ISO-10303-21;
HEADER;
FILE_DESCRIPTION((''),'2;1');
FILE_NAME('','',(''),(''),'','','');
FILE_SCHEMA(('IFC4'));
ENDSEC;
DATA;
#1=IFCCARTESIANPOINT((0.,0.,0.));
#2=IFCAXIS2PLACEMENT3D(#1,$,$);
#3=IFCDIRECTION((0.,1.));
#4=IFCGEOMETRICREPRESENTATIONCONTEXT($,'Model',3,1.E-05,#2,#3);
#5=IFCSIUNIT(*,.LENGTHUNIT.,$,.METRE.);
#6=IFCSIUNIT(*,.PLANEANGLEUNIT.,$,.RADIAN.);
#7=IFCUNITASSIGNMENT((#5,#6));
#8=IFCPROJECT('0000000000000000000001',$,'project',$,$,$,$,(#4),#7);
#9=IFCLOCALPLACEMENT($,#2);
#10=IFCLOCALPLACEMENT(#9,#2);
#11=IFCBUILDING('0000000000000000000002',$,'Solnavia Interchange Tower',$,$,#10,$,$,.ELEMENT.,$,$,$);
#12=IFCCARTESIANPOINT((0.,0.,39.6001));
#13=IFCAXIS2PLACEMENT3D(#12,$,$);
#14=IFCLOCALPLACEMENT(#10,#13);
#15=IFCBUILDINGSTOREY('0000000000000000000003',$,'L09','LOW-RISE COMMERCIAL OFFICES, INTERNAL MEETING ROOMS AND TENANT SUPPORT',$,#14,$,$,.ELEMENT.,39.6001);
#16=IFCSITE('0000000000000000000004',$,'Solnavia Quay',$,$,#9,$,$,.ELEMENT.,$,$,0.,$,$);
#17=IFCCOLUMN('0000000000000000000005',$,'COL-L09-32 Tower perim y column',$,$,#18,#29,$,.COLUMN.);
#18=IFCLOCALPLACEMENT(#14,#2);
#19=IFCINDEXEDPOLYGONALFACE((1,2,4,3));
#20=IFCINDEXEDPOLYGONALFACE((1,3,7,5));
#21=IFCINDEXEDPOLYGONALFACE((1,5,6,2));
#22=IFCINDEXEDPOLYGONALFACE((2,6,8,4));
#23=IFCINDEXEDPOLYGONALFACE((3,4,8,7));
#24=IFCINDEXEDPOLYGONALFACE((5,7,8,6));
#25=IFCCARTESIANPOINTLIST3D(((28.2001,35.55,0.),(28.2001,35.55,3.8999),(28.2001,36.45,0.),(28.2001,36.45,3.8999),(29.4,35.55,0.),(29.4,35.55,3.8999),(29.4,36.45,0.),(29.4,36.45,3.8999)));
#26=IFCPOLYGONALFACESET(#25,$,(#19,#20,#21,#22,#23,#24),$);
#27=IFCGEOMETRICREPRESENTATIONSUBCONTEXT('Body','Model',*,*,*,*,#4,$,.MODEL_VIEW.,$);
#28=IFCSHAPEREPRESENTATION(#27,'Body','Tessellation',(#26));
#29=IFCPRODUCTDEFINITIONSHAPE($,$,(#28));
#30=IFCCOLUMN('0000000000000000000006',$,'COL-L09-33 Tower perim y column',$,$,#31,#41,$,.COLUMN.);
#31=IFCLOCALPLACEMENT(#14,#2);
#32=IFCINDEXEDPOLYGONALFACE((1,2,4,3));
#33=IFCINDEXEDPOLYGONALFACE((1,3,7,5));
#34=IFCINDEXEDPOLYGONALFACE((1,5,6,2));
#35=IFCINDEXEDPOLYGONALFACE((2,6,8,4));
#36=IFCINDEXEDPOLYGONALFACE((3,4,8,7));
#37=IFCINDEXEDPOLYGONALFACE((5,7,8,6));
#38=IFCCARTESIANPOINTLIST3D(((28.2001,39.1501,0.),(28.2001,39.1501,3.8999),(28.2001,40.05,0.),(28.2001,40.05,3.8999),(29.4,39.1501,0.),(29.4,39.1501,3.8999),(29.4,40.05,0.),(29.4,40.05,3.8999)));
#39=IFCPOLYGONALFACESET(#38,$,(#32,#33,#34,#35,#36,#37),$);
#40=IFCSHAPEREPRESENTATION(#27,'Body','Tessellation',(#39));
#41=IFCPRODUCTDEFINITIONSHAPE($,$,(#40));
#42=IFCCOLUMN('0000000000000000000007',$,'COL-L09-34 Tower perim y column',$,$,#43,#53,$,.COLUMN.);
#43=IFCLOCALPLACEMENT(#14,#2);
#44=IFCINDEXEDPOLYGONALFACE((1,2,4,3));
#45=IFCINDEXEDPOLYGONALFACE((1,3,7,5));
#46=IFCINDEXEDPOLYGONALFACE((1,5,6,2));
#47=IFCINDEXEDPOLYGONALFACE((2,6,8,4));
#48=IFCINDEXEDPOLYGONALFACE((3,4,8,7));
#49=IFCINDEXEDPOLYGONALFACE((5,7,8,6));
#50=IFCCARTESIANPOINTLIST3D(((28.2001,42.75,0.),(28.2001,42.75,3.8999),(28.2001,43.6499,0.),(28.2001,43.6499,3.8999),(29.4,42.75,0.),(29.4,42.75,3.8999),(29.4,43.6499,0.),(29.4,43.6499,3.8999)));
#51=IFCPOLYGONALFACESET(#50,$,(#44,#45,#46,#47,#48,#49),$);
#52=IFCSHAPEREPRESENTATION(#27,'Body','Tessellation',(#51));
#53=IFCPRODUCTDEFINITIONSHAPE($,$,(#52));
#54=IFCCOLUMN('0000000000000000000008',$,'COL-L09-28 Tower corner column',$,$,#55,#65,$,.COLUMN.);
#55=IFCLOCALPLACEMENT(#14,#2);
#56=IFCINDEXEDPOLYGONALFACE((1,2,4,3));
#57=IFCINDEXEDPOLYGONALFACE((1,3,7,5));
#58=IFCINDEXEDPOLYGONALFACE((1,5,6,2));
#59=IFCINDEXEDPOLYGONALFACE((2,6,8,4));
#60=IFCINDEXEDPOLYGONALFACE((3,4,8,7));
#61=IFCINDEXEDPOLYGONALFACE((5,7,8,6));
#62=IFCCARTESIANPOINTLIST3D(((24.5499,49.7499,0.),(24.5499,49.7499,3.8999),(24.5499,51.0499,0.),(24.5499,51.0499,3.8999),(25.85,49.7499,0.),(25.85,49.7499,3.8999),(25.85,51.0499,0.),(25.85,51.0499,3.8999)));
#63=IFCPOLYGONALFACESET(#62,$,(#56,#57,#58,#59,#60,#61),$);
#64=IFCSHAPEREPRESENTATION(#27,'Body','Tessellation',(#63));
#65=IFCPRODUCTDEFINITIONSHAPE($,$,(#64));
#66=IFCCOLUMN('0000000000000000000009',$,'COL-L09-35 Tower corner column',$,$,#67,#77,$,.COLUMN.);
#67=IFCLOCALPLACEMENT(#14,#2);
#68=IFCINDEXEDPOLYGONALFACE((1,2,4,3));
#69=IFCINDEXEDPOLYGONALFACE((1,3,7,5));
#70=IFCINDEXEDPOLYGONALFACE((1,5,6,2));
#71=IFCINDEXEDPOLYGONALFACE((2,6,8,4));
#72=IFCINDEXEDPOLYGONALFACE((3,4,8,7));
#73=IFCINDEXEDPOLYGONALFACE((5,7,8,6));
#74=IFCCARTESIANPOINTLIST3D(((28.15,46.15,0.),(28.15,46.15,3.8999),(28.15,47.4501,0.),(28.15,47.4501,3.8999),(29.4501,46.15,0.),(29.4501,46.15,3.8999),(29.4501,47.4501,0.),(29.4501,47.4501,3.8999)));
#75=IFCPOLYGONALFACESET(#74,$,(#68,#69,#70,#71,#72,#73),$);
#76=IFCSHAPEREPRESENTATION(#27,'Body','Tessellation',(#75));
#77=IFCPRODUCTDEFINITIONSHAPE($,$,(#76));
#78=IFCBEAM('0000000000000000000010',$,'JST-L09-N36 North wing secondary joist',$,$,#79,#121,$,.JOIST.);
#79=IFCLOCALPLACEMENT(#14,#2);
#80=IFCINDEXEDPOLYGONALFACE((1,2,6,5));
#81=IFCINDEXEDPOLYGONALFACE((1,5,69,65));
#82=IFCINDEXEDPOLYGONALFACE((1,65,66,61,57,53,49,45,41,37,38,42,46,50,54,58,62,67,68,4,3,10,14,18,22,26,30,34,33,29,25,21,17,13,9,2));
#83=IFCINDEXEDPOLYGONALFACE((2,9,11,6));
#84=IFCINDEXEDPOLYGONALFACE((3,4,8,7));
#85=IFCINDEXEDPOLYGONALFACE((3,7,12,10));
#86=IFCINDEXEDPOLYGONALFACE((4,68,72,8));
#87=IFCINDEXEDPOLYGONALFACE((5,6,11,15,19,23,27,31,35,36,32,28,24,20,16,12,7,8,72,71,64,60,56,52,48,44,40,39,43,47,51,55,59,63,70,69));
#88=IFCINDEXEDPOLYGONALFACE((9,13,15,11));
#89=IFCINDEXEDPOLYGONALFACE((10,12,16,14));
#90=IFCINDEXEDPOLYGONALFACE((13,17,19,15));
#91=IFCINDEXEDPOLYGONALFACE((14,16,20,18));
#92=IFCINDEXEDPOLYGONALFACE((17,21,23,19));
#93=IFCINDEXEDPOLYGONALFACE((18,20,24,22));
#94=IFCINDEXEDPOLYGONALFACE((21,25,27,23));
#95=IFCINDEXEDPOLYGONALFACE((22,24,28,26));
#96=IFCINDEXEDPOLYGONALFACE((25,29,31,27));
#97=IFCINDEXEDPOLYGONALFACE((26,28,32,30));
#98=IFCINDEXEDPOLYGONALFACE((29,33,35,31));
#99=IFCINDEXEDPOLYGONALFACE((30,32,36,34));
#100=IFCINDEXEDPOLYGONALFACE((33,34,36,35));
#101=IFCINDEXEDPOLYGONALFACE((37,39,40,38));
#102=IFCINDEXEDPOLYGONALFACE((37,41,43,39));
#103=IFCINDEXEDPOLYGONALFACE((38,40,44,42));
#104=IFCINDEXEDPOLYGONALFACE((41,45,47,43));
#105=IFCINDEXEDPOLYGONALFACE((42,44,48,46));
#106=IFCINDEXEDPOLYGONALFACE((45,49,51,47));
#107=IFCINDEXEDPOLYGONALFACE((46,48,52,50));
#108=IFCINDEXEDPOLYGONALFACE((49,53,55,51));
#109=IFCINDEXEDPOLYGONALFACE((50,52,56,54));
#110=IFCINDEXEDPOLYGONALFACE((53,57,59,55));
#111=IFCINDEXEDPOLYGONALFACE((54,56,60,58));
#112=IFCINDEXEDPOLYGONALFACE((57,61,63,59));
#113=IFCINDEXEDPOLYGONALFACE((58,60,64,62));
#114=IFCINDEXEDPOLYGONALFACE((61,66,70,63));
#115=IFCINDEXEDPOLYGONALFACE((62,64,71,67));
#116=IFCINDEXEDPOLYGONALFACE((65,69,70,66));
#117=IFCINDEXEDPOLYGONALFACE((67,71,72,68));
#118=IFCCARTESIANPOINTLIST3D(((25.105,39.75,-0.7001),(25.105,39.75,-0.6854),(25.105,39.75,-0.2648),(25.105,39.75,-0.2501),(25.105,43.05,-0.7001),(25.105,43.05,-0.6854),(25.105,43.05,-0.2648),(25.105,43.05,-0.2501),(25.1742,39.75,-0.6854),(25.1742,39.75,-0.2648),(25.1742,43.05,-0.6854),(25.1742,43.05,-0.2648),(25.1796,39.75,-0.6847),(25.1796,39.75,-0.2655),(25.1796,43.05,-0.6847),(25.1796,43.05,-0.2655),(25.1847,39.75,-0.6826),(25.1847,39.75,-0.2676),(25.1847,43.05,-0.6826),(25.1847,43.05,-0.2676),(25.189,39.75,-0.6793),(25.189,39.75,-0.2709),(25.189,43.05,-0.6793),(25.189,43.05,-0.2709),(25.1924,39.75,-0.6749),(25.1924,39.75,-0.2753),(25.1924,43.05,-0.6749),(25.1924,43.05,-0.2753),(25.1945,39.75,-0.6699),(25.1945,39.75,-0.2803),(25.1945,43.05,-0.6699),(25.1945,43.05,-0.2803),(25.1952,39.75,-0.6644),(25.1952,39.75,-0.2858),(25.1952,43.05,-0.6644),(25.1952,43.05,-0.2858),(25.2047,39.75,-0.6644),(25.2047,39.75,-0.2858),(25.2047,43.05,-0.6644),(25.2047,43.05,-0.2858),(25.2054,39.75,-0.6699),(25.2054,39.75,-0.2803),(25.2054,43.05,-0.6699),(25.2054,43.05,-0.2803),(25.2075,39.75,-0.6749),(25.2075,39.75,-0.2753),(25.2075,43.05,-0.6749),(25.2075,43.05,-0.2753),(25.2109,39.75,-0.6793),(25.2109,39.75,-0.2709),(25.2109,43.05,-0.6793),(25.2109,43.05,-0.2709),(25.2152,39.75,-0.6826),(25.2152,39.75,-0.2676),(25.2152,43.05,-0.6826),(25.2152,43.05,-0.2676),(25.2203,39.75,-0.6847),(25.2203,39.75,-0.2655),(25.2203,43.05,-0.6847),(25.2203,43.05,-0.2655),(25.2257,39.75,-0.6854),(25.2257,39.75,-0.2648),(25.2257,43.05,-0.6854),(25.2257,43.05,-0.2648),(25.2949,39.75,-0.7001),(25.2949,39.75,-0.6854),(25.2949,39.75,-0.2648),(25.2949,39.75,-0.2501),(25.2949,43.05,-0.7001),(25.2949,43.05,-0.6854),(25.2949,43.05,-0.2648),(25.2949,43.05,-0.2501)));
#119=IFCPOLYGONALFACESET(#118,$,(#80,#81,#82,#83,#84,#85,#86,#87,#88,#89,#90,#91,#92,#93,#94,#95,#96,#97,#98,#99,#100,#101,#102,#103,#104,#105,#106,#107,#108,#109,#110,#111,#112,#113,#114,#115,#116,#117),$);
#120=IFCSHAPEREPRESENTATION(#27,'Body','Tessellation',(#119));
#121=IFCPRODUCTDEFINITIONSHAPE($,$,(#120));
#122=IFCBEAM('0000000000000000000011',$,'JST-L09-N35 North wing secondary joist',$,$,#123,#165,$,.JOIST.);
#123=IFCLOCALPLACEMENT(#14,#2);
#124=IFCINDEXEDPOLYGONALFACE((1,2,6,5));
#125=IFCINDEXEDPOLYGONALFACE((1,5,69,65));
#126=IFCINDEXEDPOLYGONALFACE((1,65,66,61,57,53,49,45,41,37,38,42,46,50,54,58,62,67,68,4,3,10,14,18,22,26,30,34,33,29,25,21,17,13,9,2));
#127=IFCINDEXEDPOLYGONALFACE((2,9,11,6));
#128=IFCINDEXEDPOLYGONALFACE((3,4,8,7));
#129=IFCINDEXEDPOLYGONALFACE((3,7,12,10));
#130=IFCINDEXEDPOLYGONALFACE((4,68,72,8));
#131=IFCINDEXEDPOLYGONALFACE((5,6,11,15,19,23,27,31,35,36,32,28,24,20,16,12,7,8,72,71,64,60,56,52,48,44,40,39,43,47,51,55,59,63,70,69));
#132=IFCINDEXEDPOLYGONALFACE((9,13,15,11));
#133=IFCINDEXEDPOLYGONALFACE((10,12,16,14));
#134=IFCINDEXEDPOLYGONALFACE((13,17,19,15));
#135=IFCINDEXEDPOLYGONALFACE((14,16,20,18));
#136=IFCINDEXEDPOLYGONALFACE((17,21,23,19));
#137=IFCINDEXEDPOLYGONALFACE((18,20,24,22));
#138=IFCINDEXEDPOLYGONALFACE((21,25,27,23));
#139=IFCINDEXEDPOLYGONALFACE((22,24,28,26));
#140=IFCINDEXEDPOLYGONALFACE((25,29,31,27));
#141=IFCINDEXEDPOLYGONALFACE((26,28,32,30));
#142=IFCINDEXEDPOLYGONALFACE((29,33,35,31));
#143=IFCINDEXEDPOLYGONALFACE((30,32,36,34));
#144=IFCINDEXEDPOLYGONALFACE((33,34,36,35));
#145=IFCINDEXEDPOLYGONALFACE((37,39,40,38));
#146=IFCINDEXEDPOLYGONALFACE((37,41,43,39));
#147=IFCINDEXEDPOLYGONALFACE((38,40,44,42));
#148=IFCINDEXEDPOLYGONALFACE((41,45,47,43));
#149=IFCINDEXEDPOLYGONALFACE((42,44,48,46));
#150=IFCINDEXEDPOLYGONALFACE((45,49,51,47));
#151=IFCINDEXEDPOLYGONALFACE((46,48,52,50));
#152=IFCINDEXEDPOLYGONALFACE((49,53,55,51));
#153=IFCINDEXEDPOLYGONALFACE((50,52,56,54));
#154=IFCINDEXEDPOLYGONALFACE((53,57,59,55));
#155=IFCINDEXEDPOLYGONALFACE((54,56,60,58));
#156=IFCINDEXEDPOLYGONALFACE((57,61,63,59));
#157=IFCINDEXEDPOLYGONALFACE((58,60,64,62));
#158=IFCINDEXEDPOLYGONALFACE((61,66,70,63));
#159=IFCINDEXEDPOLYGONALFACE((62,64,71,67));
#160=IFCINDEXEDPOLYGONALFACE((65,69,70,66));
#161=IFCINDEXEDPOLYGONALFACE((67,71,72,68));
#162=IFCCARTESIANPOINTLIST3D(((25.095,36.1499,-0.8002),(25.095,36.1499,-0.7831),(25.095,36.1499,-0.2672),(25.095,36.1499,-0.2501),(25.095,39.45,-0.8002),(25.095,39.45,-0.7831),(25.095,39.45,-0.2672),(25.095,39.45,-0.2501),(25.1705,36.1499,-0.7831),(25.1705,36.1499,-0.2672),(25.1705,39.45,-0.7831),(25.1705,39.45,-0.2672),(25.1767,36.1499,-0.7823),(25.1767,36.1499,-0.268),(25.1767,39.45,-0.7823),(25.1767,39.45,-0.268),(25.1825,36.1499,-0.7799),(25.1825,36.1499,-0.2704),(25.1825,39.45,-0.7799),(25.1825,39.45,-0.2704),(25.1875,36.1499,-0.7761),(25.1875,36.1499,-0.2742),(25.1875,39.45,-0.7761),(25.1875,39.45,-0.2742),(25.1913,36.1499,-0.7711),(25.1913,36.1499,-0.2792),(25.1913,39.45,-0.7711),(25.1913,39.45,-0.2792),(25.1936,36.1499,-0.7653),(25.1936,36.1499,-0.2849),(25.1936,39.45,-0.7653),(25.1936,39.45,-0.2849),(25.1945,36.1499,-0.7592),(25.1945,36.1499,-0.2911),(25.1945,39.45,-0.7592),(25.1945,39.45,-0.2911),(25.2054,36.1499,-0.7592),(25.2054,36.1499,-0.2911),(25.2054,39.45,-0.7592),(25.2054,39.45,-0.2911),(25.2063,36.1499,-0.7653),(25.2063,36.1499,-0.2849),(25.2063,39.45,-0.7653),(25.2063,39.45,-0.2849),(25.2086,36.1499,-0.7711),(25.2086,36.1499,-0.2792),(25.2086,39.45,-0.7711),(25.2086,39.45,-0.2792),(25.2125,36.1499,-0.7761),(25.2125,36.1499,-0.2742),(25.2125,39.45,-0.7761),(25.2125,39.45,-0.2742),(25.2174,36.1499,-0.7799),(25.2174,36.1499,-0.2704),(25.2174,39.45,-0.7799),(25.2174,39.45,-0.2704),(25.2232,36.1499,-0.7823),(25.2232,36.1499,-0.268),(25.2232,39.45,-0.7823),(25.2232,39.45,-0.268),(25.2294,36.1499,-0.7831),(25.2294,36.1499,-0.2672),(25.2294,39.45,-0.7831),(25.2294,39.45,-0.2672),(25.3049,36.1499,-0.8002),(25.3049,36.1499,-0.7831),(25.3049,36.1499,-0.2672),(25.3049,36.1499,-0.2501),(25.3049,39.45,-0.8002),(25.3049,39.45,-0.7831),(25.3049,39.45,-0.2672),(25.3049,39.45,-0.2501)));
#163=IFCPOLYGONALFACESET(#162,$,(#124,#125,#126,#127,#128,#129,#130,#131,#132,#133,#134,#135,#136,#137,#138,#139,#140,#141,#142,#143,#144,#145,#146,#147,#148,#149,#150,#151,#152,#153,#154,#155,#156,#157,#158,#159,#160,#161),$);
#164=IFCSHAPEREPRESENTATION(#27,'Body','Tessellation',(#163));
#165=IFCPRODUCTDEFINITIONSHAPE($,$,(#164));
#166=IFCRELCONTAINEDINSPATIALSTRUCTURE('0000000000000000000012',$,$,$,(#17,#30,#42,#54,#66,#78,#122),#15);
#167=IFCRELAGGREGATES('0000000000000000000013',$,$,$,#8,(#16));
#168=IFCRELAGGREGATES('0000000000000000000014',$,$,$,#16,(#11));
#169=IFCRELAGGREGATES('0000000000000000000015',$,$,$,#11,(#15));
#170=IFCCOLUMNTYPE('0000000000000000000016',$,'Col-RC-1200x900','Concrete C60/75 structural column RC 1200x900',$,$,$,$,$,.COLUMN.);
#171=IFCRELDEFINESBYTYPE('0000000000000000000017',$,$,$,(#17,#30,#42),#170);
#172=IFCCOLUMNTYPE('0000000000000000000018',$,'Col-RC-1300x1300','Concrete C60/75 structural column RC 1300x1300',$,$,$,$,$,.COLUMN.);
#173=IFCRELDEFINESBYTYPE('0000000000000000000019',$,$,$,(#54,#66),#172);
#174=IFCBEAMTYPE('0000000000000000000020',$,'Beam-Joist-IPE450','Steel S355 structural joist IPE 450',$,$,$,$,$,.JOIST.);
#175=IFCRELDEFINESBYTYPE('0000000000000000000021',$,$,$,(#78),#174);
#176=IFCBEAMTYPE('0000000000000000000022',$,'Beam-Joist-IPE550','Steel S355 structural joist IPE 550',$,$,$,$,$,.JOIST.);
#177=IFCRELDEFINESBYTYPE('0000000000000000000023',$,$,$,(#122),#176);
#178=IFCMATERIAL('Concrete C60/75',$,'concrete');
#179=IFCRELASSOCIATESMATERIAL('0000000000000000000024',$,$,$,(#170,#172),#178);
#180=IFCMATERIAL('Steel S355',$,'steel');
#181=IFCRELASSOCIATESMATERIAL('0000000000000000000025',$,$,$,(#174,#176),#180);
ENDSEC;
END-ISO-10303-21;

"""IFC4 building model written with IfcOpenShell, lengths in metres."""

from ifc_helpers import new_model, si_unit, direction, frame, origin, origin_2d, place, context, subcontext, project, spatial, rectangle, i_section, extrude, material, material_profile, profile_set, type_object, element, save


model = new_model("IFC4")

# Units and contexts
model_context = context("Model", 3, precision=1e-05, world=origin(), true_north=direction((0.0, 1.0)))
body_context = subcontext(model_context, "Body", "Model", "MODEL_VIEW")
ifc_project = project(units=[si_unit("LENGTHUNIT", "METRE"), si_unit("PLANEANGLEUNIT", "RADIAN")], contexts=[model_context])

# Site, building, storey
site_placement = place(None, origin())
site = spatial("IfcSite", under=ifc_project, at=site_placement, Name="Solnavia Quay", CompositionType="ELEMENT", RefElevation=0.0)
building_placement = place(site_placement, origin())
building = spatial("IfcBuilding", under=site, at=building_placement, Name="Solnavia Interchange Tower", CompositionType="ELEMENT")
storey_placement = place(building_placement, frame((0.0, 0.0, 39.6001)))
storey = spatial("IfcBuildingStorey", under=building, at=storey_placement, Name="L09", Description="LOW-RISE COMMERCIAL OFFICES, INTERNAL MEETING ROOMS AND TENANT SUPPORT", CompositionType="ELEMENT", Elevation=39.6001)

# Columns
ifc_material_1 = material(Name="Concrete C60/75", Category="concrete")
ifc_material_profile_1 = material_profile(ifc_material_1, rectangle(XDim=0.8999, YDim=1.2, at=origin_2d()), Name="RC 1200x900")
ifc_profile_set_1 = profile_set([ifc_material_profile_1], Name="Concrete C60/75")
column_type_1 = type_object("IfcColumnType", Name="Col-RC-1200x900", Description="Concrete C60/75 structural column RC 1200x900", PredefinedType="COLUMN", material=ifc_profile_set_1)
for number, where, z_axis, x_axis, name in (
    (1, (28.8, 36.0, 0.0), (0.0, 0.0, 1.0), (0.0, 1.0, 0.0), "COL-L09-32 Tower perim y column"),
    (2, (28.8, 39.6001, 0.0), (0.0, 0.0, 1.0), (0.0, 1.0, 0.0), "COL-L09-33 Tower perim y column"),
    (3, (28.8, 43.2, 0.0), (0.0, 0.0, 1.0), (0.0, 1.0, 0.0), "COL-L09-34 Tower perim y column"),
):
    element("IfcColumn", number, at=place(storey_placement, frame(where, z_axis=z_axis, x_axis=x_axis)), inside=storey, type_object=column_type_1, Name=name, PredefinedType="COLUMN", context=body_context, shape_type="SweptSolid", body=[
        extrude(rectangle(XDim=0.8999, YDim=1.2, at=origin_2d()), origin(), (0.0, 0.0, 1.0), 3.8999),
    ])
ifc_material_profile_2 = material_profile(ifc_material_1, rectangle(XDim=1.3, YDim=1.3, at=origin_2d()), Name="RC 1300x1300")
ifc_profile_set_2 = profile_set([ifc_material_profile_2], Name="Concrete C60/75")
column_type_2 = type_object("IfcColumnType", Name="Col-RC-1300x1300", Description="Concrete C60/75 structural column RC 1300x1300", PredefinedType="COLUMN", material=ifc_profile_set_2)
for number, where, z_axis, x_axis, name in (
    (4, (25.2, 50.3999, 0.0), (0.0, 0.0, 1.0), (1.0, 0.0, 0.0), "COL-L09-28 Tower corner column"),
    (5, (28.8, 46.8, 0.0), (0.0, 0.0, 1.0), (0.0, 1.0, 0.0), "COL-L09-35 Tower corner column"),
):
    element("IfcColumn", number, at=place(storey_placement, frame(where, z_axis=z_axis, x_axis=x_axis)), inside=storey, type_object=column_type_2, Name=name, PredefinedType="COLUMN", context=body_context, shape_type="SweptSolid", body=[
        extrude(rectangle(XDim=1.3, YDim=1.3, at=origin_2d()), origin(), (0.0, 0.0, 1.0), 3.8999),
    ])

# Beams
ifc_material_2 = material(Name="Steel S355", Category="steel")
ifc_material_profile_3 = material_profile(ifc_material_2, i_section(OverallWidth=0.1899, OverallDepth=0.45, WebThickness=0.0095, FlangeThickness=0.0146, FilletRadius=0.021, at=origin_2d()), Name="IPE 450")
ifc_profile_set_3 = profile_set([ifc_material_profile_3], Name="Steel S355")
beam_type_1 = type_object("IfcBeamType", Name="Beam-Joist-IPE450", Description="Steel S355 structural joist IPE 450", PredefinedType="JOIST", material=ifc_profile_set_3)
beam_1_placement = place(storey_placement, frame((25.2, 39.75, -0.4751), z_axis=(0.0, 1.0, 0.0), x_axis=(-1.0, 0.0, 0.0)))
element("IfcBeam", 6, at=beam_1_placement, inside=storey, type_object=beam_type_1, Name="JST-L09-N36 North wing secondary joist", PredefinedType="JOIST", context=body_context, shape_type="SweptSolid", body=[
    extrude(i_section(OverallWidth=0.1899, OverallDepth=0.45, WebThickness=0.0095, FlangeThickness=0.0146, FilletRadius=0.021, at=origin_2d()), origin(), (0.0, 0.0, 1.0), 3.3),
])
ifc_material_profile_4 = material_profile(ifc_material_2, i_section(OverallWidth=0.21, OverallDepth=0.55, WebThickness=0.011, FlangeThickness=0.0171, FilletRadius=0.0239, at=origin_2d()), Name="IPE 550")
ifc_profile_set_4 = profile_set([ifc_material_profile_4], Name="Steel S355")
beam_type_2 = type_object("IfcBeamType", Name="Beam-Joist-IPE550", Description="Steel S355 structural joist IPE 550", PredefinedType="JOIST", material=ifc_profile_set_4)
beam_2_placement = place(storey_placement, frame((25.2, 36.1499, -0.5251), z_axis=(0.0, 1.0, 0.0), x_axis=(-1.0, 0.0, 0.0)))
element("IfcBeam", 7, at=beam_2_placement, inside=storey, type_object=beam_type_2, Name="JST-L09-N35 North wing secondary joist", PredefinedType="JOIST", context=body_context, shape_type="SweptSolid", body=[
    extrude(i_section(OverallWidth=0.21, OverallDepth=0.55, WebThickness=0.011, FlangeThickness=0.0171, FilletRadius=0.0239, at=origin_2d()), origin(), (0.0, 0.0, 1.0), 3.3),
])

save(model, "model.ifc")
